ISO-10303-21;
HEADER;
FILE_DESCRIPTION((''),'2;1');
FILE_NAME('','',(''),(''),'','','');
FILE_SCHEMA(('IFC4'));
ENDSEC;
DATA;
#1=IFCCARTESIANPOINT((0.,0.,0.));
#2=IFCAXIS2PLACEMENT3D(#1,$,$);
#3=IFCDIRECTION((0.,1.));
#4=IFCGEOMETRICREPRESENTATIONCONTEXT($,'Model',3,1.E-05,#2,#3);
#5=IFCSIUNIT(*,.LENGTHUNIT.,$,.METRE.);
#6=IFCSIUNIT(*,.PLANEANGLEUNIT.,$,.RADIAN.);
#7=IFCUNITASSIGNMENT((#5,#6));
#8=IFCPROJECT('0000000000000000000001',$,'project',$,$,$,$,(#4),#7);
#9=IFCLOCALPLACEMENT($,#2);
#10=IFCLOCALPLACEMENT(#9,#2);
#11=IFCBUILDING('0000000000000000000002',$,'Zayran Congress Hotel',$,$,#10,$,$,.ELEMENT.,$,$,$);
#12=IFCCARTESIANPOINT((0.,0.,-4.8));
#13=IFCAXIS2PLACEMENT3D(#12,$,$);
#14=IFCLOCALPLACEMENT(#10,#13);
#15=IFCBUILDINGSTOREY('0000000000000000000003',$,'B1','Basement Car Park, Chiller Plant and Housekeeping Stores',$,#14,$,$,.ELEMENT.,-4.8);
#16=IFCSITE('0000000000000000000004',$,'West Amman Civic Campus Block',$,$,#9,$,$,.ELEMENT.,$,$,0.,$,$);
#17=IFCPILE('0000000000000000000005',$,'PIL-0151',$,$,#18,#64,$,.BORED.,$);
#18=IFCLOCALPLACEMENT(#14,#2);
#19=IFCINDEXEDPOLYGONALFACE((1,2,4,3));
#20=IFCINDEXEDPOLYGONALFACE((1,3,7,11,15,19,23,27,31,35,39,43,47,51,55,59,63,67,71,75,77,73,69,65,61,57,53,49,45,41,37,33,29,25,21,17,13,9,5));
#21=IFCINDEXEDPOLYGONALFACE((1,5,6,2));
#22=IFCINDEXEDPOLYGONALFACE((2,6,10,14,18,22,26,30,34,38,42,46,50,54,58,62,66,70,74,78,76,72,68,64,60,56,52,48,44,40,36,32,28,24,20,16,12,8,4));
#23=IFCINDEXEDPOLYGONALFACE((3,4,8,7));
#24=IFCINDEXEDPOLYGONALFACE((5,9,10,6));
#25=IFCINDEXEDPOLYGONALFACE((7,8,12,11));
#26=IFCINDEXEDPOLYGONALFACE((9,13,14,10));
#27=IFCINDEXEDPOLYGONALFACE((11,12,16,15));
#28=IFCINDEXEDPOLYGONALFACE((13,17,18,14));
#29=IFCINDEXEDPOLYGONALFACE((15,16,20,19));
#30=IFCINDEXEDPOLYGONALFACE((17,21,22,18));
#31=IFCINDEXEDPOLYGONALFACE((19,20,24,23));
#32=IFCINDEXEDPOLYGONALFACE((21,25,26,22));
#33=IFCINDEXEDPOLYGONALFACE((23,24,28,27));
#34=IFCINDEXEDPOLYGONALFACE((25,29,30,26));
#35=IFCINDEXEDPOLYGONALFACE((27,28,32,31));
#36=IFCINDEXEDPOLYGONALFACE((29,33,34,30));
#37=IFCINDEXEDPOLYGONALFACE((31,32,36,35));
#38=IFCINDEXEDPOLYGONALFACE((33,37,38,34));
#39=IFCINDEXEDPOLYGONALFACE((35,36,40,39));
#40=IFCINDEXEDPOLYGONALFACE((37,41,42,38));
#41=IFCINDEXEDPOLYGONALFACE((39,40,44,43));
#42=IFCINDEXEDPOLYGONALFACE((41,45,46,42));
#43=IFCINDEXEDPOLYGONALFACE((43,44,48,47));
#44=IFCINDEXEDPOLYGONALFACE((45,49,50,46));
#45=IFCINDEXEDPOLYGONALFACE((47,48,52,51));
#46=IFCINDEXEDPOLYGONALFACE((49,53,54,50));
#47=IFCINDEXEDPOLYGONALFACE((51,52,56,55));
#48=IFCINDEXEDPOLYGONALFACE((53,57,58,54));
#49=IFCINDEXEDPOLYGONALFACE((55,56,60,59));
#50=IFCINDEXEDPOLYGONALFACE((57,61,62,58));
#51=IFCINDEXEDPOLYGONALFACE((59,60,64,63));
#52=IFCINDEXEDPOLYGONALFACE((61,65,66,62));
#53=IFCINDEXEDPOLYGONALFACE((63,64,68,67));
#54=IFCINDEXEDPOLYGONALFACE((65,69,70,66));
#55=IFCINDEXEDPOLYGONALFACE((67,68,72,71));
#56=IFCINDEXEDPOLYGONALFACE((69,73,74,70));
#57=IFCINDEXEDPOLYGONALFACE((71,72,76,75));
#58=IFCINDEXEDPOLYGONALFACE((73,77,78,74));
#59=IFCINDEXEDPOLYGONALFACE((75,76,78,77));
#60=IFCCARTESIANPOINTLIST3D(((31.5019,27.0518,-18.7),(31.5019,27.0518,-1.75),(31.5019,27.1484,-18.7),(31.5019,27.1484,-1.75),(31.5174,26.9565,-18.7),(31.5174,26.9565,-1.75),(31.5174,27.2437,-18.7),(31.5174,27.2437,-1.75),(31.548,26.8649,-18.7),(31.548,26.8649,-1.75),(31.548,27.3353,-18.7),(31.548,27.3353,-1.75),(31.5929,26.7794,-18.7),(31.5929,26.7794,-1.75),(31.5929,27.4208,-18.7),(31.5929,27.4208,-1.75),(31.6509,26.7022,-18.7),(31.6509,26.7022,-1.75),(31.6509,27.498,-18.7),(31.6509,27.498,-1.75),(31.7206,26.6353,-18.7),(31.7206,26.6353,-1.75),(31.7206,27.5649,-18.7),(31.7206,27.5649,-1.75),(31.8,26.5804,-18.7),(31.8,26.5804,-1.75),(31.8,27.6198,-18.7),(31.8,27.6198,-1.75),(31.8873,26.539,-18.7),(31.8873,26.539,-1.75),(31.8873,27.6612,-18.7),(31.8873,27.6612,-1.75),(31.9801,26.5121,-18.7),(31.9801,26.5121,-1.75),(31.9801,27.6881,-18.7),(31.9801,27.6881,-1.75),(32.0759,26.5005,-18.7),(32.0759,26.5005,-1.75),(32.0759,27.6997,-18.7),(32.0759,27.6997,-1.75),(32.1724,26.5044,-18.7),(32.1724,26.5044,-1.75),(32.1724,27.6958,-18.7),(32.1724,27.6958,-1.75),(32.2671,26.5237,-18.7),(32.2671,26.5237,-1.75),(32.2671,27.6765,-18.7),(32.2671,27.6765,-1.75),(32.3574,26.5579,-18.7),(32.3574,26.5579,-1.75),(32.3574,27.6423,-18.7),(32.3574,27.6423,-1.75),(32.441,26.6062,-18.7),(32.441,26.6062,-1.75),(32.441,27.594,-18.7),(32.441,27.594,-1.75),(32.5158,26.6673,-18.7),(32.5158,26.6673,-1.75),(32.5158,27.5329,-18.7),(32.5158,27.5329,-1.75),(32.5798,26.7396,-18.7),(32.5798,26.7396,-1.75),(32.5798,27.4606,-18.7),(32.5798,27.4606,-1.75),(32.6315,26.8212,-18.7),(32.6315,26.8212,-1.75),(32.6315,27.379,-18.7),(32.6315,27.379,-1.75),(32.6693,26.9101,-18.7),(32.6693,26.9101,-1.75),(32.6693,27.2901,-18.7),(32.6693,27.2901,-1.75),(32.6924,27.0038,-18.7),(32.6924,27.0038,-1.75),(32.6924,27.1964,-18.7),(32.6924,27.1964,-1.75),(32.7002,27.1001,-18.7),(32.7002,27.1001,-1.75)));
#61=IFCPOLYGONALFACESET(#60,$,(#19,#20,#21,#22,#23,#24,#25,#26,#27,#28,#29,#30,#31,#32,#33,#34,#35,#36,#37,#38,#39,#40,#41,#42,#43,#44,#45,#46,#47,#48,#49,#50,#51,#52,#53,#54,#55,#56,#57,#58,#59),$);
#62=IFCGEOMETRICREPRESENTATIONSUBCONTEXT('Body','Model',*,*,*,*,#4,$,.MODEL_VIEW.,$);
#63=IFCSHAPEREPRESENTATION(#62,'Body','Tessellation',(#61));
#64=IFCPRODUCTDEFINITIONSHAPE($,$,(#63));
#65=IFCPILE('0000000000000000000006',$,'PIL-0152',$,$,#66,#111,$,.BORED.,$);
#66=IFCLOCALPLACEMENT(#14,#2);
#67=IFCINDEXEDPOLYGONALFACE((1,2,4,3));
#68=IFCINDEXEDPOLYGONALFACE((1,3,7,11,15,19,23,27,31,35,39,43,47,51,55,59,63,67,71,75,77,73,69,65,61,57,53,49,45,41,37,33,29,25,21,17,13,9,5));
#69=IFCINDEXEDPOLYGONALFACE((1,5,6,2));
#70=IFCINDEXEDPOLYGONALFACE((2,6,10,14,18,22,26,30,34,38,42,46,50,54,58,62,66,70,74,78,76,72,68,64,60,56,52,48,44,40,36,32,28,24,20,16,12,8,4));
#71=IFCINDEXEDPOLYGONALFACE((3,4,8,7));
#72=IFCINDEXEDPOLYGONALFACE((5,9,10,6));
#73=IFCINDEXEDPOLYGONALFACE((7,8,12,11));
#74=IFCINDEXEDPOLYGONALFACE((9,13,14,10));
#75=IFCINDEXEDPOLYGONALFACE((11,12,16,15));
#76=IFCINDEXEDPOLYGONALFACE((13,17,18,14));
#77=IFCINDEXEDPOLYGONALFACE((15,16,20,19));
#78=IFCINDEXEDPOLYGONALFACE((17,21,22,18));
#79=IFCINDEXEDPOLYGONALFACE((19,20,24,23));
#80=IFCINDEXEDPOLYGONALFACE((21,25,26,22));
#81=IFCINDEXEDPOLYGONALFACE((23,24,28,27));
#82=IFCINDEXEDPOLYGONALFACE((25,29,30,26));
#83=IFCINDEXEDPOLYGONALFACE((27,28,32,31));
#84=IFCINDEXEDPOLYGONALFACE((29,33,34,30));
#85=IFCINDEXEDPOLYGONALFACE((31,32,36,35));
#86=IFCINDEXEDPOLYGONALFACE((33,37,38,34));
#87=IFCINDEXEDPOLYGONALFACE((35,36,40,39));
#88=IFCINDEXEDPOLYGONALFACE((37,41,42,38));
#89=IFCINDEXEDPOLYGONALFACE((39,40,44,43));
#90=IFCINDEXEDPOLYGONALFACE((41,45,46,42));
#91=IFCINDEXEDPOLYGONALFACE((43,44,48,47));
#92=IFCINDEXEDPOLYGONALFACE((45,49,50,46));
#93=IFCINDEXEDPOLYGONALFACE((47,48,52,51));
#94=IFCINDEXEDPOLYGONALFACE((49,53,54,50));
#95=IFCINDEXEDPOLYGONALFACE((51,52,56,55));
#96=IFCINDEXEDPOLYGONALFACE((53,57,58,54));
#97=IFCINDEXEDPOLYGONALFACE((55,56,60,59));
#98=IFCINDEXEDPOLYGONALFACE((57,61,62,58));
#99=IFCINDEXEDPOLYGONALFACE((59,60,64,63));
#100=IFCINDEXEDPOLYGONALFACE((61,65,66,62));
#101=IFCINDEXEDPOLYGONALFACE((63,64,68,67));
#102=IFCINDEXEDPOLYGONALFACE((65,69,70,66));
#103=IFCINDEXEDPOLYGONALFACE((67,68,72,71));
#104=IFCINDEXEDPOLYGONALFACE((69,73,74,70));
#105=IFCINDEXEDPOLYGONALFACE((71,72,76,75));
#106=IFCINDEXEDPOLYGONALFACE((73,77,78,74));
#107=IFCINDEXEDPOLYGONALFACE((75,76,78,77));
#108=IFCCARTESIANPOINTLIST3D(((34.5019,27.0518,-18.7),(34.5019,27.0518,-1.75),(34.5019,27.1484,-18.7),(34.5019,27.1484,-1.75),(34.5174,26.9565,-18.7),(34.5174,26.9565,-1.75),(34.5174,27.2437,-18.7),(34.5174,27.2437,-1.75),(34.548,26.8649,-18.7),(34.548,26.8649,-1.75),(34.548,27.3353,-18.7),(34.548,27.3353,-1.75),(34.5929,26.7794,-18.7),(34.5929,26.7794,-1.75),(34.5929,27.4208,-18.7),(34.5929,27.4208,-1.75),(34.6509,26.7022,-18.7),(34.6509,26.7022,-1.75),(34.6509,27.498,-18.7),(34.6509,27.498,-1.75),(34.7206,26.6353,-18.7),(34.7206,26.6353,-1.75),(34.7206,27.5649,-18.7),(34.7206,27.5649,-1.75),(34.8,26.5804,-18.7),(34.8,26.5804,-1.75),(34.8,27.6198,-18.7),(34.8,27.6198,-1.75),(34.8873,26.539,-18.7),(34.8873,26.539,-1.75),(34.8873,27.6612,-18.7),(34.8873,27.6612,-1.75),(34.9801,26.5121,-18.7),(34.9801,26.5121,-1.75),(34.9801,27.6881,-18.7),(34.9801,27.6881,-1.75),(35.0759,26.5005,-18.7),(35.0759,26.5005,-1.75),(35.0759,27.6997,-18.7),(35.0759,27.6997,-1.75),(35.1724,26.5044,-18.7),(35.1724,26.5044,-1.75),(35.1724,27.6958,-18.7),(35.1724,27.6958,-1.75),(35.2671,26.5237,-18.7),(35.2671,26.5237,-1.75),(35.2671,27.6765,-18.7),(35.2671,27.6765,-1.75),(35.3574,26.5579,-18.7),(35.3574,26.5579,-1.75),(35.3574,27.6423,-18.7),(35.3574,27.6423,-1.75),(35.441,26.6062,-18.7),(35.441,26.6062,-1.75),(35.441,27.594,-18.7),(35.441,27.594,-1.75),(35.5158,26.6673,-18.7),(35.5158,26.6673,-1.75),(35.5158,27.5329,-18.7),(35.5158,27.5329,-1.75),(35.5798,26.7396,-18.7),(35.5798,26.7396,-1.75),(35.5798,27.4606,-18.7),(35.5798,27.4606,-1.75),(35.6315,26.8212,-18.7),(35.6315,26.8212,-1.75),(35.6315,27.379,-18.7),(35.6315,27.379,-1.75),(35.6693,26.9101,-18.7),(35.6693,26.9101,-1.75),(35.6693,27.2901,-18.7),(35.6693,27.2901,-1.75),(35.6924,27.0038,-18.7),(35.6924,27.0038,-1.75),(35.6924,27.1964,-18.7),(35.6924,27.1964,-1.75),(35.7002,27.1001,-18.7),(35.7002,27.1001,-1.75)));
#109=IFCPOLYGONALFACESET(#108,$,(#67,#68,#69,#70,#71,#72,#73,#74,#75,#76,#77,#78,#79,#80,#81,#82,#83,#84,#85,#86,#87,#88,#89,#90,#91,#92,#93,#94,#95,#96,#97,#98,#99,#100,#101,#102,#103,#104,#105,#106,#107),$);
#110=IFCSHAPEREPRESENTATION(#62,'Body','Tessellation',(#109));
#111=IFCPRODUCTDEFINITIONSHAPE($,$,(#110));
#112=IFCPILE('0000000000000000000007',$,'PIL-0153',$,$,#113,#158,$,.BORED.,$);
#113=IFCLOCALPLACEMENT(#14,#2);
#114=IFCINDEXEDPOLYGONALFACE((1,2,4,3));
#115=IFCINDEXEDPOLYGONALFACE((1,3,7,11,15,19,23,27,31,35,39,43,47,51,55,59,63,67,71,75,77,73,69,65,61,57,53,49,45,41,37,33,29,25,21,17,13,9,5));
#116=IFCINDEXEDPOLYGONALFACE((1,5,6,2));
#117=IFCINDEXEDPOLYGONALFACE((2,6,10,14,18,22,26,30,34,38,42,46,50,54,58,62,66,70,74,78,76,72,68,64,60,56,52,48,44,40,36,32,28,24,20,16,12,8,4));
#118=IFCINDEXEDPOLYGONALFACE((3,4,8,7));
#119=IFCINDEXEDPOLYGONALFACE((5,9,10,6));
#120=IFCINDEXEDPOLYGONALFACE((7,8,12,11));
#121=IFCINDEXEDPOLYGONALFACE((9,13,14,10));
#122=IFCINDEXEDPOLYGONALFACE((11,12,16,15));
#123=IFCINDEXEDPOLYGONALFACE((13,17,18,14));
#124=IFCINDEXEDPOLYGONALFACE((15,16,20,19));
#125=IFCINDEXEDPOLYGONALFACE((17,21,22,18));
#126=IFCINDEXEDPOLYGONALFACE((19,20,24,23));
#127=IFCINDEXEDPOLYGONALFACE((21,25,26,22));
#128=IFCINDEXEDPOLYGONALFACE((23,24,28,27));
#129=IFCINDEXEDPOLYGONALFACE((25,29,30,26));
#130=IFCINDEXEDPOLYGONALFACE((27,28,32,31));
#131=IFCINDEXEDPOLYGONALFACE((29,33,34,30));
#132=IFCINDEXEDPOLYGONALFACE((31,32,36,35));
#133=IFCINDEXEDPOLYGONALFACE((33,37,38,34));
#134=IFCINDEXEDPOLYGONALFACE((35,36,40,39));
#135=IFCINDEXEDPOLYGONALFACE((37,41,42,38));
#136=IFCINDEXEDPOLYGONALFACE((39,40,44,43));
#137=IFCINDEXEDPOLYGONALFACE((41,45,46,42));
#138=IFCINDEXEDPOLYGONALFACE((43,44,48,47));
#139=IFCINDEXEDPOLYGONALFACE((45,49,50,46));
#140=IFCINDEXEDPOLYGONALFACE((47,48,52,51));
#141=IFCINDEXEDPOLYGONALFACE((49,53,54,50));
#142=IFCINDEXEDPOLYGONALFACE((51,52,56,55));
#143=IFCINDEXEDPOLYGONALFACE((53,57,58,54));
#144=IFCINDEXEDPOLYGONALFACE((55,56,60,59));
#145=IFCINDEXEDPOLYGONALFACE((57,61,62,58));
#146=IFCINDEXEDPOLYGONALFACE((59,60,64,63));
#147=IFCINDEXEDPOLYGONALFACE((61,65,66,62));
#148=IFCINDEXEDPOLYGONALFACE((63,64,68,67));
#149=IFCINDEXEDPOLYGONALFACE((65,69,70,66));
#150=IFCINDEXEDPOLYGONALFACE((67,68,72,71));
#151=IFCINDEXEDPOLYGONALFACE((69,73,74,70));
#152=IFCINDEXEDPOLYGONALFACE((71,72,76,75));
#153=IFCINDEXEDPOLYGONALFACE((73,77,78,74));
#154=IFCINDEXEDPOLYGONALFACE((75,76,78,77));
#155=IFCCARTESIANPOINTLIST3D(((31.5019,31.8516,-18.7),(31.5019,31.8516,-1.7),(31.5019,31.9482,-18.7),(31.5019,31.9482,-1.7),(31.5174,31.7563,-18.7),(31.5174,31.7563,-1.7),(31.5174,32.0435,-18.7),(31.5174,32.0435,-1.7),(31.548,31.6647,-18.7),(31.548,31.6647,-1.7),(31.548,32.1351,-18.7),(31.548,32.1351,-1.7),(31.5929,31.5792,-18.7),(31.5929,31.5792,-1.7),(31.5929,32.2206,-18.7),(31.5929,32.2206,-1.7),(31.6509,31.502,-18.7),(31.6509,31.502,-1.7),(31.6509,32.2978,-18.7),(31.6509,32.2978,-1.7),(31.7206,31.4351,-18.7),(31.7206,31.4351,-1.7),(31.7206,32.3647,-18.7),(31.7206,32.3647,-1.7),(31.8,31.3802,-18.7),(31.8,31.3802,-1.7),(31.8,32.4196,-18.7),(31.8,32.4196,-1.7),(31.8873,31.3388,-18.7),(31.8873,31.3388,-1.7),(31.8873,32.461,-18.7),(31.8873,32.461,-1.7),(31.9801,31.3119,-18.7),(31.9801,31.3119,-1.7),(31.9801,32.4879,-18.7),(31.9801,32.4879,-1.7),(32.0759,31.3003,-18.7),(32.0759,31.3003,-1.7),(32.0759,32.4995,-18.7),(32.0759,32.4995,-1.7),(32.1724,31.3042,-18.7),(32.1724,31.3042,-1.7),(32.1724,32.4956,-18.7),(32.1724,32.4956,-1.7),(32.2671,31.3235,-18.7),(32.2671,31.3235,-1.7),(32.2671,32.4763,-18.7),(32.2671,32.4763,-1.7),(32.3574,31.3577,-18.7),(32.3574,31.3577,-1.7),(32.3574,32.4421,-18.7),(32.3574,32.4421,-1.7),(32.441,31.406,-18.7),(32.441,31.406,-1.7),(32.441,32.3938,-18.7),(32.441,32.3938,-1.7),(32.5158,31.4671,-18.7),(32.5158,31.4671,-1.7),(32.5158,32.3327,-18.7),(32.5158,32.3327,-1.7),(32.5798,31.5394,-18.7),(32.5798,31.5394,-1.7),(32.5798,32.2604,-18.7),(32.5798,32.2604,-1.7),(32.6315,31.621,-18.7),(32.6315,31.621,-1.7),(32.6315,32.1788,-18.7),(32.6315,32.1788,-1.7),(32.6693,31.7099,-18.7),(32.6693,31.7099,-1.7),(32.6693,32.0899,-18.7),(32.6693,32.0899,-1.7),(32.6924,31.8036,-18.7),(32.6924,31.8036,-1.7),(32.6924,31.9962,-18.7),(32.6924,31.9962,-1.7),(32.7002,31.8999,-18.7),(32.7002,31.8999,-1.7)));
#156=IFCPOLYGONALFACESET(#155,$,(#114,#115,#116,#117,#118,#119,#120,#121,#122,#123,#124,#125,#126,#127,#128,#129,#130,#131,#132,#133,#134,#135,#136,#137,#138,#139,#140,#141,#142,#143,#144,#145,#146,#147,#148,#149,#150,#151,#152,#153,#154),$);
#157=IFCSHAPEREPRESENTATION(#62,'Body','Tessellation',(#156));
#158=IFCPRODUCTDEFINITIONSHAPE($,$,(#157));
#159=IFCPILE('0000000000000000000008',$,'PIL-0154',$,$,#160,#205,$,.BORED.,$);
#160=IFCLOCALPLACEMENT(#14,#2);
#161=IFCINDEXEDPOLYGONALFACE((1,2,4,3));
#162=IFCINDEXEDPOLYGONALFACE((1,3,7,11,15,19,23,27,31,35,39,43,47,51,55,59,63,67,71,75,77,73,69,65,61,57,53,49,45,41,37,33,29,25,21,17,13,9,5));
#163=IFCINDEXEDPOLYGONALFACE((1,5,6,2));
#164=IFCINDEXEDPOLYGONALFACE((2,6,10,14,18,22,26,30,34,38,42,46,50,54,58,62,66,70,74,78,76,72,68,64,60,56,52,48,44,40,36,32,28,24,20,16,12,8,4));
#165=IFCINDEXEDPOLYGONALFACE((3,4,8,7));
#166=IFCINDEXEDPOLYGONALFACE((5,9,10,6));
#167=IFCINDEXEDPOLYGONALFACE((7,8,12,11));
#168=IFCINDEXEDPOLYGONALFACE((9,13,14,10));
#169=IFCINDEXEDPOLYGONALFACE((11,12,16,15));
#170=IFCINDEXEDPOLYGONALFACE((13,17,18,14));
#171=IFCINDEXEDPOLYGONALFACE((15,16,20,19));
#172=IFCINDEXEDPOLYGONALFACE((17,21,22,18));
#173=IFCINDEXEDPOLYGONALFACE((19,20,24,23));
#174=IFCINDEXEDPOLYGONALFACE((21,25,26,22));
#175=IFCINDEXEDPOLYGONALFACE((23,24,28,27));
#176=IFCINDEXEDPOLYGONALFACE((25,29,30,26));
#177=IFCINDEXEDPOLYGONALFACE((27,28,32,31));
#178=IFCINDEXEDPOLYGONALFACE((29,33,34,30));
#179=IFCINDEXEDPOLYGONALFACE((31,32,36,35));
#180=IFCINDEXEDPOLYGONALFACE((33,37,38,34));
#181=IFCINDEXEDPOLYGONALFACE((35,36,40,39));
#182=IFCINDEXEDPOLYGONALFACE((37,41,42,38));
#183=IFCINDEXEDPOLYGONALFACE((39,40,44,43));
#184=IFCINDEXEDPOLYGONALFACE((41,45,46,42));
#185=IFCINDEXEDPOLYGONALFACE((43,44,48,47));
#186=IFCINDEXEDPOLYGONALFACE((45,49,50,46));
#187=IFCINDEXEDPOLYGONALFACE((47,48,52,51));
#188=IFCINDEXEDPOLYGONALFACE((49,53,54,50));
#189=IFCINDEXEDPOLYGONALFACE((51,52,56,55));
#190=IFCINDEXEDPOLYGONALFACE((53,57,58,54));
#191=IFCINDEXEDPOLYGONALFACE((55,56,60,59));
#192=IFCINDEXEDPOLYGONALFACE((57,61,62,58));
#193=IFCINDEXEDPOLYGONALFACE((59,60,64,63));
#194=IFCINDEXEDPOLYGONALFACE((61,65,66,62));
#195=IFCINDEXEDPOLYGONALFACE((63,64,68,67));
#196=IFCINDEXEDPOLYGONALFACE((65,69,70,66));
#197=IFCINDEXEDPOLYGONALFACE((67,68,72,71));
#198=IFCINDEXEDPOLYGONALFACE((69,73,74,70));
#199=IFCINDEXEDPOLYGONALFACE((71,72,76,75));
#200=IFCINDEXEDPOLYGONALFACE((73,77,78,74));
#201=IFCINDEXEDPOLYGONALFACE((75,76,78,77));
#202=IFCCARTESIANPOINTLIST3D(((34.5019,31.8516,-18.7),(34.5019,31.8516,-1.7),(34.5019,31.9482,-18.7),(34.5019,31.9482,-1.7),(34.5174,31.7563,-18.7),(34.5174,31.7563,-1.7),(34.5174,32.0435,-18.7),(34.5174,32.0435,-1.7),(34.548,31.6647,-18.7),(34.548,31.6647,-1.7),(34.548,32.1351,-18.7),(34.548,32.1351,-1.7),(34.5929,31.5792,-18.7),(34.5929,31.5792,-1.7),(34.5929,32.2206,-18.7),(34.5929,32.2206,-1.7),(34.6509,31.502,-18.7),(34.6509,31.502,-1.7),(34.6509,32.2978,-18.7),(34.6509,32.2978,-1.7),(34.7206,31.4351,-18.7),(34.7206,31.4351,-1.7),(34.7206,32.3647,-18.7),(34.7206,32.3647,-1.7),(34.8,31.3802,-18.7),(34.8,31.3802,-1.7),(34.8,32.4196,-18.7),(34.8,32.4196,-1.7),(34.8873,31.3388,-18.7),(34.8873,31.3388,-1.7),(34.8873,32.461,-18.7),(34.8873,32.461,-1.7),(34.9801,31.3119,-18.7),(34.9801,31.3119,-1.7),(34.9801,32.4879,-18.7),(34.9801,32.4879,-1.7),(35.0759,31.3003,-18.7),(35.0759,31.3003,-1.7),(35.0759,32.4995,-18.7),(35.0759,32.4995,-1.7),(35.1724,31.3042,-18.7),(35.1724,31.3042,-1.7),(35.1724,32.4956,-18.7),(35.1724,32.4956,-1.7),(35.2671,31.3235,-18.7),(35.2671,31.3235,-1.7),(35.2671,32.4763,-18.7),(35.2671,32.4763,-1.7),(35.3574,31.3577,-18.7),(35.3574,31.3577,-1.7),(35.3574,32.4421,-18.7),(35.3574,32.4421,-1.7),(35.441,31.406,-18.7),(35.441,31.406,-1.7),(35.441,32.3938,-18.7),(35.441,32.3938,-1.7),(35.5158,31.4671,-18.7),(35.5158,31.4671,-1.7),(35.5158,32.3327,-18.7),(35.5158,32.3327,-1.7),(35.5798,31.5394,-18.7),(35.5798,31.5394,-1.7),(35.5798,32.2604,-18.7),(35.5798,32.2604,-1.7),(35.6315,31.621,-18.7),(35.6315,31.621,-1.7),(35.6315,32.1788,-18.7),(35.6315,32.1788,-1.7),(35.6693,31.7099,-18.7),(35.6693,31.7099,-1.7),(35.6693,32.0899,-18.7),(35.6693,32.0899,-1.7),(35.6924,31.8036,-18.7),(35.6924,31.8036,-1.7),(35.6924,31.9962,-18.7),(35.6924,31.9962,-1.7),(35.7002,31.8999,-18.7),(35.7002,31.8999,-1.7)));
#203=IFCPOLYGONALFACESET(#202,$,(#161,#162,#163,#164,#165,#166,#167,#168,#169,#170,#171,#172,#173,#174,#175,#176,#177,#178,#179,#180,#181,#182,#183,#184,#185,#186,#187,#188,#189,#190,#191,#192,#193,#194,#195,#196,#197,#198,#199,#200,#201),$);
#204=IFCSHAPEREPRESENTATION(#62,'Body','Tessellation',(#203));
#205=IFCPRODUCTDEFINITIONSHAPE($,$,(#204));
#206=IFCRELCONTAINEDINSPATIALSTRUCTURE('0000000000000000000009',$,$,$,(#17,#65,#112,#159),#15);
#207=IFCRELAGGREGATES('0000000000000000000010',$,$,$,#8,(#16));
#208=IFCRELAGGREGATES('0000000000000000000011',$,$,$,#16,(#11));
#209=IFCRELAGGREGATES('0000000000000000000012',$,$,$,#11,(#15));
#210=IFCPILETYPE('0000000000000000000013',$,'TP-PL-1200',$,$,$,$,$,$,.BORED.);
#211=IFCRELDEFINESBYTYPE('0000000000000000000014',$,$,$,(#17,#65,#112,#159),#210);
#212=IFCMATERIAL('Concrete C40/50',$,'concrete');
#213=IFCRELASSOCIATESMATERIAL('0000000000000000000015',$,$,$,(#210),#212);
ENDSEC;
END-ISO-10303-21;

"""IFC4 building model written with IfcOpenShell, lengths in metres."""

from ifc_helpers import new_model, si_unit, direction, frame, origin, origin_2d, place, context, subcontext, project, spatial, circle, extrude, material, material_profile, profile_set, type_object, element, save


model = new_model("IFC4")

# Units and contexts
model_context = context("Model", 3, precision=1e-05, world=origin(), true_north=direction((0.0, 1.0)))
body_context = subcontext(model_context, "Body", "Model", "MODEL_VIEW")
ifc_project = project(units=[si_unit("LENGTHUNIT", "METRE"), si_unit("PLANEANGLEUNIT", "RADIAN")], contexts=[model_context])

# Site, building, storey
site_placement = place(None, origin())
site = spatial("IfcSite", under=ifc_project, at=site_placement, Name="West Amman Civic Campus Block", CompositionType="ELEMENT", RefElevation=0.0)
building_placement = place(site_placement, origin())
building = spatial("IfcBuilding", under=site, at=building_placement, Name="Zayran Congress Hotel", CompositionType="ELEMENT")
storey_placement = place(building_placement, frame((0.0, 0.0, -4.8)))
storey = spatial("IfcBuildingStorey", under=building, at=storey_placement, Name="B1", Description="Basement Car Park, Chiller Plant and Housekeeping Stores", CompositionType="ELEMENT", Elevation=-4.8)

# Piles
ifc_material = material(Name="Concrete C40/50", Category="concrete")
ifc_material_profile_1 = material_profile(ifc_material, circle(Radius=0.6001, at=origin_2d()), Name="PILE D1200")
ifc_profile_set_1 = profile_set([ifc_material_profile_1], Name="Concrete C40/50")
pile_type_1 = type_object("IfcPileType", Name="TP-PL-1200", PredefinedType="BORED", material=ifc_profile_set_1)
for number, where, z_axis, x_axis, name in (
    (1, (32.1001, 27.1001, -1.75), (0.0, 0.0, -1.0), (1.0, 0.0, 0.0), "PIL-0151"),
    (2, (35.1001, 27.1001, -1.75), (0.0, 0.0, -1.0), (1.0, 0.0, 0.0), "PIL-0152"),
):
    element("IfcPile", number, at=place(storey_placement, frame(where, z_axis=z_axis, x_axis=x_axis)), inside=storey, type_object=pile_type_1, Name=name, PredefinedType="BORED", context=body_context, shape_type="SweptSolid", body=[
        extrude(circle(Radius=0.6001, at=origin_2d()), origin(), (0.0, 0.0, 1.0), 16.95),
    ])
for number, where, z_axis, x_axis, name in (
    (3, (32.1001, 31.8999, -1.7), (0.0, 0.0, -1.0), (1.0, 0.0, 0.0), "PIL-0153"),
    (4, (35.1001, 31.8999, -1.7), (0.0, 0.0, -1.0), (1.0, 0.0, 0.0), "PIL-0154"),
):
    element("IfcPile", number, at=place(storey_placement, frame(where, z_axis=z_axis, x_axis=x_axis)), inside=storey, type_object=pile_type_1, Name=name, PredefinedType="BORED", context=body_context, shape_type="SweptSolid", body=[
        extrude(circle(Radius=0.6001, at=origin_2d()), origin(), (0.0, 0.0, 1.0), 17.0),
    ])

save(model, "model.ifc")
